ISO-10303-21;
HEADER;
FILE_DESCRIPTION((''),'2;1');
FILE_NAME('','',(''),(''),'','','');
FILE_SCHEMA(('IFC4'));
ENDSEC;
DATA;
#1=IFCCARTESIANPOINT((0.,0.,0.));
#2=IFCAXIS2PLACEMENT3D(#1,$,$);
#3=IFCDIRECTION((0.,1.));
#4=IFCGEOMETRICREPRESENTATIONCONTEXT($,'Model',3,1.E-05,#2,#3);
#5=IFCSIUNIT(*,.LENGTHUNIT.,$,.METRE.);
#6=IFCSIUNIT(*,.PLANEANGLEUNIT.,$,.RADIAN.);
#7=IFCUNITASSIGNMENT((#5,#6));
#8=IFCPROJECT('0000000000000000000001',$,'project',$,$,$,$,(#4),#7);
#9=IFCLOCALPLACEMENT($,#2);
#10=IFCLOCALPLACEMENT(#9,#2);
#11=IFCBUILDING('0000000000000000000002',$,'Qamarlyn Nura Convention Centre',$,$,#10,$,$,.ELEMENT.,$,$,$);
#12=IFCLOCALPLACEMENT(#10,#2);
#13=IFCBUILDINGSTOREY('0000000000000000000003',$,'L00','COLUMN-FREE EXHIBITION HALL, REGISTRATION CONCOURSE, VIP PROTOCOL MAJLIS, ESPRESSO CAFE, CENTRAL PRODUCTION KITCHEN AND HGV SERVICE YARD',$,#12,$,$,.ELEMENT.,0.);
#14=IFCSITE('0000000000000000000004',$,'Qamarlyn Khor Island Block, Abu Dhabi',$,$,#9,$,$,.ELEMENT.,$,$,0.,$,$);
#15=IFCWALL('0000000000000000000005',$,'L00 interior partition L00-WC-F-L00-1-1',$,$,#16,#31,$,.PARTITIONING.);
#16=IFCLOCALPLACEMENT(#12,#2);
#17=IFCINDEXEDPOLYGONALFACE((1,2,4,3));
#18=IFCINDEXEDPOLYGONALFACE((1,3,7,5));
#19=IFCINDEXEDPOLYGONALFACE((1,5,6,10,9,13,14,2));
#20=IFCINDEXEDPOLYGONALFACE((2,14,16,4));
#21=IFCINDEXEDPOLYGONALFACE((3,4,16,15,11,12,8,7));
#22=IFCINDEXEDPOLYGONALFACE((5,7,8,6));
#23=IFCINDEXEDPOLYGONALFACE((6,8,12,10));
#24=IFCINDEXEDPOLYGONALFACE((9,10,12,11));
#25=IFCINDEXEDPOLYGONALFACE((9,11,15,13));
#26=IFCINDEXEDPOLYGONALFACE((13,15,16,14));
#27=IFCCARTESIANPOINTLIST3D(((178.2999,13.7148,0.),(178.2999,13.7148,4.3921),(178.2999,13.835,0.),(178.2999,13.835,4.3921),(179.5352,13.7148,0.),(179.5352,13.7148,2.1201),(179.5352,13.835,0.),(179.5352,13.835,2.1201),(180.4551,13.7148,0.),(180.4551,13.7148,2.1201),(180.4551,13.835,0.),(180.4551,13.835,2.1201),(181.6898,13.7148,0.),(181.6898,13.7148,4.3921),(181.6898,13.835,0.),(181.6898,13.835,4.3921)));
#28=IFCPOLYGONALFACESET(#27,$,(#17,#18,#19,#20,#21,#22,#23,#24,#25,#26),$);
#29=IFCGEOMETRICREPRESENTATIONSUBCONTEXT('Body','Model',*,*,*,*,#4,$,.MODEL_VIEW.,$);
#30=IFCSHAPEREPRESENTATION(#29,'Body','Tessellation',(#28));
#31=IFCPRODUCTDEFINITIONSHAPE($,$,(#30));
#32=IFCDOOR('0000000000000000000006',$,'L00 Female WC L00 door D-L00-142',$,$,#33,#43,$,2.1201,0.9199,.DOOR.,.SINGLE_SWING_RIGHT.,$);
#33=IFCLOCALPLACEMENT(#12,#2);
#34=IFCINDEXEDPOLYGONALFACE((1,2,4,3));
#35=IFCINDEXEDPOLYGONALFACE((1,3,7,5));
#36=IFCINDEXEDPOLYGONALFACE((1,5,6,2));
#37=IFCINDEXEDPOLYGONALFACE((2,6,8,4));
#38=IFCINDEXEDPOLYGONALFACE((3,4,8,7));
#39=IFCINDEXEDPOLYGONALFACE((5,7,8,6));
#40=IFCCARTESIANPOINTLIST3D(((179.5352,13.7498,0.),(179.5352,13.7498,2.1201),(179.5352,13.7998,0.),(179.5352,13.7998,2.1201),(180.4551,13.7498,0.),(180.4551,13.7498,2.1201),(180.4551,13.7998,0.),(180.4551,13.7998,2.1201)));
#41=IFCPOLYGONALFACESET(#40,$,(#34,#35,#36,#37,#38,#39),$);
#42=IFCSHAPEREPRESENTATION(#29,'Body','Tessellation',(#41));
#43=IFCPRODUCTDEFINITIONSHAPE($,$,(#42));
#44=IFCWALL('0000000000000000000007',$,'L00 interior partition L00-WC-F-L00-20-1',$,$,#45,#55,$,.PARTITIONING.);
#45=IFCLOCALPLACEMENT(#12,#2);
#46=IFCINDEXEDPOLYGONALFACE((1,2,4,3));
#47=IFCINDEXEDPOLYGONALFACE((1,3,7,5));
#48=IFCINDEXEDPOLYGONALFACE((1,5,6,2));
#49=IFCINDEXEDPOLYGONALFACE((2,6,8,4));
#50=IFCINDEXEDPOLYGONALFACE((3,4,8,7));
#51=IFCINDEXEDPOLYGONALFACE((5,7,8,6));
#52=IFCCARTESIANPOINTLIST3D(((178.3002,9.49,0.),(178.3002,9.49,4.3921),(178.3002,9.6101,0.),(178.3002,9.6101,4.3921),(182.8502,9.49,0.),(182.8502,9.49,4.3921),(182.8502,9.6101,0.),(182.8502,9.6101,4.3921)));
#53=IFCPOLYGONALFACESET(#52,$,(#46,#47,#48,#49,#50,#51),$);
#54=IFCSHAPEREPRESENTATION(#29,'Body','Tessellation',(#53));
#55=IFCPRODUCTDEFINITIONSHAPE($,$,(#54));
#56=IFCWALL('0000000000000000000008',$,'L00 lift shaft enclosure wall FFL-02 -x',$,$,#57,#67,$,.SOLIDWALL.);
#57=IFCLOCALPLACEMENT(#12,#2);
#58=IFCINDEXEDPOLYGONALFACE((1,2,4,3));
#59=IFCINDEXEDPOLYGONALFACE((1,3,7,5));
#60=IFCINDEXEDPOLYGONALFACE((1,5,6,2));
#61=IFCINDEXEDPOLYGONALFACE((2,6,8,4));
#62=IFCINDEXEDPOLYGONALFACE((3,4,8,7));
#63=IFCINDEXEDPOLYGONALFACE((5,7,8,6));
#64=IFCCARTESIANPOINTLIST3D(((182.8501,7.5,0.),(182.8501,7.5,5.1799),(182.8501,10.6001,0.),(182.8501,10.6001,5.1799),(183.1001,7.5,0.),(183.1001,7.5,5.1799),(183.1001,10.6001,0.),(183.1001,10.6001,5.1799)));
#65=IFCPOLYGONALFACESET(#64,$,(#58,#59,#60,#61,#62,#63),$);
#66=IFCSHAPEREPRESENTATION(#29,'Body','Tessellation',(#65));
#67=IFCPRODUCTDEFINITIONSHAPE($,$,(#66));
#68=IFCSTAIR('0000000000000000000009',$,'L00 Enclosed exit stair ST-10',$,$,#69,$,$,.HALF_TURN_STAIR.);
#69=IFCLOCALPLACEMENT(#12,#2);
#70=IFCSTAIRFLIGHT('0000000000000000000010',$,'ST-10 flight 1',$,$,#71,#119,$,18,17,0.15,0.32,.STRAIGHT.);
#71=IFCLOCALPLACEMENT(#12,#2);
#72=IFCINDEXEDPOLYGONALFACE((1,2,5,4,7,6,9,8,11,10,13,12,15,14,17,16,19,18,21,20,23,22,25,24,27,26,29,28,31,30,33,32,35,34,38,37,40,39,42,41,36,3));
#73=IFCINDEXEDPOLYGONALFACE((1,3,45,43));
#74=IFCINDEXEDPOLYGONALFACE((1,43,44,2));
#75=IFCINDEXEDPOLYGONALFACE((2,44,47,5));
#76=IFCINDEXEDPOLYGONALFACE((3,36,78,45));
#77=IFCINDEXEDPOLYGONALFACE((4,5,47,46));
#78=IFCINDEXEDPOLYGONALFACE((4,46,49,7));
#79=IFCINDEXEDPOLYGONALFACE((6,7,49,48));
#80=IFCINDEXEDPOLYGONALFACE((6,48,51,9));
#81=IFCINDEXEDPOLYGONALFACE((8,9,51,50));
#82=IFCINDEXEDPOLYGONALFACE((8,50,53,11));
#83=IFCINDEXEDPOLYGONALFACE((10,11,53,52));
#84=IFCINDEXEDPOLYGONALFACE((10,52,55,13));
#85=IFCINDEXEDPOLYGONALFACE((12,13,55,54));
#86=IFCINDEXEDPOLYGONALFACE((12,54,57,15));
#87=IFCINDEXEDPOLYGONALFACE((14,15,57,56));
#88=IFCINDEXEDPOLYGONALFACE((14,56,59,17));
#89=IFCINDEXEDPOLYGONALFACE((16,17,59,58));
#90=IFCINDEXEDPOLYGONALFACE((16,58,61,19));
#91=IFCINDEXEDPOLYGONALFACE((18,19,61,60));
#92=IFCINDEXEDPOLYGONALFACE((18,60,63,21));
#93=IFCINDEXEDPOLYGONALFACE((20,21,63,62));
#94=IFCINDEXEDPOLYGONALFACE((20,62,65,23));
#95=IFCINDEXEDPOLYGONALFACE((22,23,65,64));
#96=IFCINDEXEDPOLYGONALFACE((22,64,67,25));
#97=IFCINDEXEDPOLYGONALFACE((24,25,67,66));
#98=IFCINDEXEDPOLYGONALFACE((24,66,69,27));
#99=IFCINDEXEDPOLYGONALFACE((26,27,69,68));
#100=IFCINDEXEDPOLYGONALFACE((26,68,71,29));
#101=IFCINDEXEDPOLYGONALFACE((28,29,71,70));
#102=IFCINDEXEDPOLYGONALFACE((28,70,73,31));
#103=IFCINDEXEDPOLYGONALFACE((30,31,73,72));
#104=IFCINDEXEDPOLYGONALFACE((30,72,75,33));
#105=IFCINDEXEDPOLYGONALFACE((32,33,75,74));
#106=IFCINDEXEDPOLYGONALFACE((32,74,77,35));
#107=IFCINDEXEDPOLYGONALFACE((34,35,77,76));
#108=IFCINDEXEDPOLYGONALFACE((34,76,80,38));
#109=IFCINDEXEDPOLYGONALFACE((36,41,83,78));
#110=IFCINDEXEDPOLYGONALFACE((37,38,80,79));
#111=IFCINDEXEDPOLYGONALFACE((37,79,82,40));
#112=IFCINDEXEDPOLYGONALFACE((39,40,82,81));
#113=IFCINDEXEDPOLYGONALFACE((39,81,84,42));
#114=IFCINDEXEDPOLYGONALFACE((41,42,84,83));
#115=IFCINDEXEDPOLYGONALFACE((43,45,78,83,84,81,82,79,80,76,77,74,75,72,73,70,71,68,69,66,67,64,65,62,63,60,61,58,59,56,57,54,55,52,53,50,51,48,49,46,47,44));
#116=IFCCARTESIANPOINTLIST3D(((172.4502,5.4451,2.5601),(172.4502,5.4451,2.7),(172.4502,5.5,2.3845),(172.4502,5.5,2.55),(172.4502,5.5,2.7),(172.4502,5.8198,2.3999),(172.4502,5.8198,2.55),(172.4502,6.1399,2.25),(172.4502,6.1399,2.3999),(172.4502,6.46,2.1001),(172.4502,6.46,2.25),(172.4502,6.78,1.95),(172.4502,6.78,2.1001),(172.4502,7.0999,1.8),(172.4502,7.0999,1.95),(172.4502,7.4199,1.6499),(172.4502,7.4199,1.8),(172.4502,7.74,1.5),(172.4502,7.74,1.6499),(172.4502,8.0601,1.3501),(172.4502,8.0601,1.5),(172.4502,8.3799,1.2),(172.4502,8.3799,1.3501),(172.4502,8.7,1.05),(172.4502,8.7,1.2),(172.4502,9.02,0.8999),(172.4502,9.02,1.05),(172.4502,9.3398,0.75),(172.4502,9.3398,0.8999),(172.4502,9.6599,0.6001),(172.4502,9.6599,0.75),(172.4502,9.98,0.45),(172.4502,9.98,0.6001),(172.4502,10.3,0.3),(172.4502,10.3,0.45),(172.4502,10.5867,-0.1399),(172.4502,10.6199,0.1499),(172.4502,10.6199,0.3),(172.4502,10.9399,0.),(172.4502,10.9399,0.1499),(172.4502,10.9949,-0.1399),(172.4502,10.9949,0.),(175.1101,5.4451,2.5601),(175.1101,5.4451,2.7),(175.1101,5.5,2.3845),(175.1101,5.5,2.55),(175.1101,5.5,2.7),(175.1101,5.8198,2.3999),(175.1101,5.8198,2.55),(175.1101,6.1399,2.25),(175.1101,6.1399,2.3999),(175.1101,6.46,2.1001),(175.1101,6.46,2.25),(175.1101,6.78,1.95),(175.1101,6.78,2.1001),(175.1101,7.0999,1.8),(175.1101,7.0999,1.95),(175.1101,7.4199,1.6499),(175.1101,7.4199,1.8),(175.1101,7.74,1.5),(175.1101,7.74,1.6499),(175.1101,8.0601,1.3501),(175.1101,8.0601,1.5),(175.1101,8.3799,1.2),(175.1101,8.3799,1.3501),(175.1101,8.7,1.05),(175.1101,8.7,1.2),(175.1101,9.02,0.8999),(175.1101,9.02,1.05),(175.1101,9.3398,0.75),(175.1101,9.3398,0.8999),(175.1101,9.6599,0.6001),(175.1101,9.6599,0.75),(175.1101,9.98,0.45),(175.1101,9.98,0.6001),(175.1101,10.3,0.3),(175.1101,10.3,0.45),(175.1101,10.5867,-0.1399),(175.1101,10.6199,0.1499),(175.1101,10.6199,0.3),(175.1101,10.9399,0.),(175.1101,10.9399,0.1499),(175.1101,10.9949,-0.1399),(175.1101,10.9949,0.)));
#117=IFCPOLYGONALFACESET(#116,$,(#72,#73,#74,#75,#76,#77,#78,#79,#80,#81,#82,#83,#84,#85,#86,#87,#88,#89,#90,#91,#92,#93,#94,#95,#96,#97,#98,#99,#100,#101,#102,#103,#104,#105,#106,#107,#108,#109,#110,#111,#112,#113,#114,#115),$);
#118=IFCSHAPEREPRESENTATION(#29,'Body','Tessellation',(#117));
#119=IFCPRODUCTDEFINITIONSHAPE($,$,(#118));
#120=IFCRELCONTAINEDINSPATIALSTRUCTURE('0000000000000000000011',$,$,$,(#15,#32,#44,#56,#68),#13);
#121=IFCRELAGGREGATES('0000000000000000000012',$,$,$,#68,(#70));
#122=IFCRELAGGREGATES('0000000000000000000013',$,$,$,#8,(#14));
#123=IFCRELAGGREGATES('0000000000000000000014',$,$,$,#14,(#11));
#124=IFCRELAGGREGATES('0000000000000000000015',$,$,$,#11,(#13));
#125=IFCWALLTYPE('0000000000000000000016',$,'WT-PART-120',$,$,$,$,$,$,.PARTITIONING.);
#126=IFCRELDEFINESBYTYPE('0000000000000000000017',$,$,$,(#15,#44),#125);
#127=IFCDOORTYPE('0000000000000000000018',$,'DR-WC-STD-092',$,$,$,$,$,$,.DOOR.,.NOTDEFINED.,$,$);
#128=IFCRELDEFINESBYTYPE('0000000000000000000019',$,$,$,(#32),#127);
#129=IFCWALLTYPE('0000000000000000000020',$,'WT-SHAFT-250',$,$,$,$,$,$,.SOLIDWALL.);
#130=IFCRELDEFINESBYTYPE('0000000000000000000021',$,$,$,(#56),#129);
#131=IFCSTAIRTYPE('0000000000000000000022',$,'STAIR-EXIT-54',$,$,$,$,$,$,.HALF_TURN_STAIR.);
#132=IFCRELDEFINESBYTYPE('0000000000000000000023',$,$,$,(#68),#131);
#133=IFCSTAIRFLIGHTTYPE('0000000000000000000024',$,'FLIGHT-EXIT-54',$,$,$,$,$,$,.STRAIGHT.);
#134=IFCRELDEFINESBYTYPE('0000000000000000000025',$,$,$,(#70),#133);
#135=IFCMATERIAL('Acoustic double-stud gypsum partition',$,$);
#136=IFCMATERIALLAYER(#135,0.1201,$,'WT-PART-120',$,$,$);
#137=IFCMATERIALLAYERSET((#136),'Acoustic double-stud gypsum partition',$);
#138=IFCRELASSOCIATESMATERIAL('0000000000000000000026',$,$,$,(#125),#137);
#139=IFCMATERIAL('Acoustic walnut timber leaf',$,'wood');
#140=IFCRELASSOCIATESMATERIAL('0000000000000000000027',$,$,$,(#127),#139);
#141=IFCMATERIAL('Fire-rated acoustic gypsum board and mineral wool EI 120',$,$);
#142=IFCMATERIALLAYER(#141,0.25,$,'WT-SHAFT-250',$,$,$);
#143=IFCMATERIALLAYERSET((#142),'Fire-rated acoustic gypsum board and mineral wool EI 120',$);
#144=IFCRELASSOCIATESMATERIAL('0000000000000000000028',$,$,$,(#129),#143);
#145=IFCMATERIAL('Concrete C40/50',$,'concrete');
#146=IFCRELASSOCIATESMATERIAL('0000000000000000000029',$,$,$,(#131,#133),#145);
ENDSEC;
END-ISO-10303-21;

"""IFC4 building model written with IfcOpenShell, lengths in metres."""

from ifc_helpers import new_model, si_unit, direction, frame, frame_2d, origin, place, context, subcontext, project, spatial, polyline, rectangle, outline, extrude, material, layer, layer_set, type_object, element, fill, aggregate, save


model = new_model("IFC4")

# Units and contexts
model_context = context("Model", 3, precision=1e-05, world=origin(), true_north=direction((0.0, 1.0)))
body_context = subcontext(model_context, "Body", "Model", "MODEL_VIEW")
ifc_project = project(units=[si_unit("LENGTHUNIT", "METRE"), si_unit("PLANEANGLEUNIT", "RADIAN")], contexts=[model_context])

# Site, building, storey
site_placement = place(None, origin())
site = spatial("IfcSite", under=ifc_project, at=site_placement, Name="Qamarlyn Khor Island Block, Abu Dhabi", CompositionType="ELEMENT", RefElevation=0.0)
building_placement = place(site_placement, origin())
building = spatial("IfcBuilding", under=site, at=building_placement, Name="Qamarlyn Nura Convention Centre", CompositionType="ELEMENT")
storey_placement = place(building_placement, origin())
storey = spatial("IfcBuildingStorey", under=building, at=storey_placement, Name="L00", Description="COLUMN-FREE EXHIBITION HALL, REGISTRATION CONCOURSE, VIP PROTOCOL MAJLIS, ESPRESSO CAFE, CENTRAL PRODUCTION KITCHEN AND HGV SERVICE YARD", CompositionType="ELEMENT", Elevation=0.0)

# Shared definitions
ifc_material_1 = material(Name="Fire-rated acoustic gypsum board and mineral wool EI 120")

# Shared definitions
ifc_material_2 = material(Name="Acoustic double-stud gypsum partition")
ifc_layer_1 = layer(ifc_material_2, 0.1201, Name="WT-PART-120")
ifc_layer_set_1 = layer_set([ifc_layer_1], Name="Acoustic double-stud gypsum partition")
wall_type_1 = type_object("IfcWallType", Name="WT-PART-120", PredefinedType="PARTITIONING", material=ifc_layer_set_1)
ifc_material_3 = material(Name="Acoustic walnut timber leaf", Category="wood")

# Wall, opening, door
wall_1_placement = place(storey_placement, frame((178.3, 13.7749, 0.0), z_axis=(0.0, 0.0, 1.0), x_axis=(1.0, 0.0, 0.0)))
wall_1 = element("IfcWall", 1, at=wall_1_placement, inside=storey, type_object=wall_type_1, Name="L00 interior partition L00-WC-F-L00-1-1", PredefinedType="PARTITIONING", context=body_context, shape_type="SweptSolid", body=[
    extrude(rectangle(XDim=3.3899, YDim=0.1201, at=frame_2d((1.6948, 0.0))), origin(), (0.0, 0.0, 1.0), 4.3921),
])
opening_1_placement = place(wall_1_placement, frame((1.2351, 0.0, 0.0)))
opening_1 = element("IfcOpeningElement", 2, at=opening_1_placement, cuts=wall_1, PredefinedType="OPENING", context=body_context, shape_type="SweptSolid", body=[
    extrude(rectangle(XDim=0.9199, YDim=2.1201, at=frame_2d((0.46, 1.0601))), frame((0.0, 0.0701, 0.0), z_axis=(0.0, -1.0, 0.0), x_axis=(1.0, 0.0, 0.0)), (0.0, 0.0, 1.0), 0.1401),
])
door_type_1 = type_object("IfcDoorType", Name="DR-WC-STD-092", OperationType="NOTDEFINED", PredefinedType="DOOR", material=ifc_material_3)
door_1_placement = place(opening_1_placement, origin())
door_1 = element("IfcDoor", 3, at=door_1_placement, inside=storey, type_object=door_type_1, Name="L00 Female WC L00 door D-L00-142", OperationType="SINGLE_SWING_RIGHT", OverallHeight=2.1201, OverallWidth=0.9199, PredefinedType="DOOR", context=body_context, shape_type="SweptSolid", body=[
    extrude(rectangle(XDim=0.9199, YDim=2.1201, at=frame_2d((0.46, 1.0601))), frame((0.0, 0.0249, 0.0), z_axis=(0.0, -1.0, 0.0), x_axis=(1.0, 0.0, 0.0)), (0.0, 0.0, 1.0), 0.05),
])
fill(opening_1, door_1)

# Walls
wall_2_placement = place(storey_placement, frame((182.8501, 9.55, 0.0), z_axis=(0.0, 0.0, 1.0), x_axis=(-1.0, 0.0, 0.0)))
element("IfcWall", 4, at=wall_2_placement, inside=storey, type_object=wall_type_1, Name="L00 interior partition L00-WC-F-L00-20-1", PredefinedType="PARTITIONING", context=body_context, shape_type="SweptSolid", body=[
    extrude(rectangle(XDim=4.55, YDim=0.1201, at=frame_2d((2.2749, 0.0))), origin(), (0.0, 0.0, 1.0), 4.3921),
])
ifc_layer_2 = layer(ifc_material_1, 0.25, Name="WT-SHAFT-250")
ifc_layer_set_2 = layer_set([ifc_layer_2], Name="Fire-rated acoustic gypsum board and mineral wool EI 120")
wall_type_2 = type_object("IfcWallType", Name="WT-SHAFT-250", PredefinedType="SOLIDWALL", material=ifc_layer_set_2)
wall_3_placement = place(storey_placement, frame((182.9751, 10.6001, 0.0), z_axis=(0.0, 0.0, 1.0), x_axis=(0.0, -1.0, 0.0)))
element("IfcWall", 5, at=wall_3_placement, inside=storey, type_object=wall_type_2, Name="L00 lift shaft enclosure wall FFL-02 -x", PredefinedType="SOLIDWALL", context=body_context, shape_type="SweptSolid", body=[
    extrude(rectangle(XDim=3.1001, YDim=0.25, at=frame_2d((1.55, 0.0))), origin(), (0.0, 0.0, 1.0), 5.1799),
])

# Stair, stair flight
ifc_material_4 = material(Name="Concrete C40/50", Category="concrete")
stair_type = type_object("IfcStairType", Name="STAIR-EXIT-54", PredefinedType="HALF_TURN_STAIR", material=ifc_material_4)
stair_placement = place(storey_placement, origin())
stair = element("IfcStair", 6, at=stair_placement, inside=storey, type_object=stair_type, Name="L00 Enclosed exit stair ST-10", PredefinedType="HALF_TURN_STAIR")
stair_flight_type = type_object("IfcStairFlightType", Name="FLIGHT-EXIT-54", PredefinedType="STRAIGHT", material=ifc_material_4)
stair_flight_placement = place(storey_placement, frame((173.78, 10.9399, 0.0), z_axis=(0.0, 0.0, 1.0), x_axis=(0.0, -1.0, 0.0)))
stair_flight = element("IfcStairFlight", 7, at=stair_flight_placement, type_object=stair_flight_type, Name="ST-10 flight 1", NumberOfRisers=18, NumberOfTreads=17, PredefinedType="STRAIGHT", RiserHeight=0.15, TreadLength=0.32, context=body_context, shape_type="SweptSolid", body=[
    extrude(outline(polyline([(-0.0549, 0.0), (0.0, 0.0), (0.0, 0.1499), (0.3201, 0.1499), (0.3201, 0.3), (0.6399, 0.3), (0.6399, 0.45), (0.96, 0.45), (0.96, 0.6001), (1.28, 0.6001), (1.28, 0.75), (1.6001, 0.75), (1.6001, 0.8999), (1.9199, 0.8999), (1.9199, 1.05), (2.24, 1.05), (2.24, 1.2), (2.5601, 1.2), (2.5601, 1.3501), (2.8799, 1.3501), (2.8799, 1.5), (3.2, 1.5), (3.2, 1.6499), (3.52, 1.6499), (3.52, 1.8), (3.8401, 1.8), (3.8401, 1.95), (4.1599, 1.95), (4.1599, 2.1001), (4.48, 2.1001), (4.48, 2.25), (4.8, 2.25), (4.8, 2.3999), (5.1201, 2.3999), (5.1201, 2.55), (5.4399, 2.55), (5.4399, 2.7), (5.4949, 2.7), (5.4949, 2.5601), (5.4399, 2.3845), (0.3533, -0.1399), (-0.0549, -0.1399), (-0.0549, 0.0)])), frame((0.0, 1.3301, 0.0), z_axis=(0.0, -1.0, 0.0), x_axis=(1.0, 0.0, 0.0)), (0.0, 0.0, 1.0), 2.6599),
])
aggregate(stair, [stair_flight])

save(model, "model.ifc")
